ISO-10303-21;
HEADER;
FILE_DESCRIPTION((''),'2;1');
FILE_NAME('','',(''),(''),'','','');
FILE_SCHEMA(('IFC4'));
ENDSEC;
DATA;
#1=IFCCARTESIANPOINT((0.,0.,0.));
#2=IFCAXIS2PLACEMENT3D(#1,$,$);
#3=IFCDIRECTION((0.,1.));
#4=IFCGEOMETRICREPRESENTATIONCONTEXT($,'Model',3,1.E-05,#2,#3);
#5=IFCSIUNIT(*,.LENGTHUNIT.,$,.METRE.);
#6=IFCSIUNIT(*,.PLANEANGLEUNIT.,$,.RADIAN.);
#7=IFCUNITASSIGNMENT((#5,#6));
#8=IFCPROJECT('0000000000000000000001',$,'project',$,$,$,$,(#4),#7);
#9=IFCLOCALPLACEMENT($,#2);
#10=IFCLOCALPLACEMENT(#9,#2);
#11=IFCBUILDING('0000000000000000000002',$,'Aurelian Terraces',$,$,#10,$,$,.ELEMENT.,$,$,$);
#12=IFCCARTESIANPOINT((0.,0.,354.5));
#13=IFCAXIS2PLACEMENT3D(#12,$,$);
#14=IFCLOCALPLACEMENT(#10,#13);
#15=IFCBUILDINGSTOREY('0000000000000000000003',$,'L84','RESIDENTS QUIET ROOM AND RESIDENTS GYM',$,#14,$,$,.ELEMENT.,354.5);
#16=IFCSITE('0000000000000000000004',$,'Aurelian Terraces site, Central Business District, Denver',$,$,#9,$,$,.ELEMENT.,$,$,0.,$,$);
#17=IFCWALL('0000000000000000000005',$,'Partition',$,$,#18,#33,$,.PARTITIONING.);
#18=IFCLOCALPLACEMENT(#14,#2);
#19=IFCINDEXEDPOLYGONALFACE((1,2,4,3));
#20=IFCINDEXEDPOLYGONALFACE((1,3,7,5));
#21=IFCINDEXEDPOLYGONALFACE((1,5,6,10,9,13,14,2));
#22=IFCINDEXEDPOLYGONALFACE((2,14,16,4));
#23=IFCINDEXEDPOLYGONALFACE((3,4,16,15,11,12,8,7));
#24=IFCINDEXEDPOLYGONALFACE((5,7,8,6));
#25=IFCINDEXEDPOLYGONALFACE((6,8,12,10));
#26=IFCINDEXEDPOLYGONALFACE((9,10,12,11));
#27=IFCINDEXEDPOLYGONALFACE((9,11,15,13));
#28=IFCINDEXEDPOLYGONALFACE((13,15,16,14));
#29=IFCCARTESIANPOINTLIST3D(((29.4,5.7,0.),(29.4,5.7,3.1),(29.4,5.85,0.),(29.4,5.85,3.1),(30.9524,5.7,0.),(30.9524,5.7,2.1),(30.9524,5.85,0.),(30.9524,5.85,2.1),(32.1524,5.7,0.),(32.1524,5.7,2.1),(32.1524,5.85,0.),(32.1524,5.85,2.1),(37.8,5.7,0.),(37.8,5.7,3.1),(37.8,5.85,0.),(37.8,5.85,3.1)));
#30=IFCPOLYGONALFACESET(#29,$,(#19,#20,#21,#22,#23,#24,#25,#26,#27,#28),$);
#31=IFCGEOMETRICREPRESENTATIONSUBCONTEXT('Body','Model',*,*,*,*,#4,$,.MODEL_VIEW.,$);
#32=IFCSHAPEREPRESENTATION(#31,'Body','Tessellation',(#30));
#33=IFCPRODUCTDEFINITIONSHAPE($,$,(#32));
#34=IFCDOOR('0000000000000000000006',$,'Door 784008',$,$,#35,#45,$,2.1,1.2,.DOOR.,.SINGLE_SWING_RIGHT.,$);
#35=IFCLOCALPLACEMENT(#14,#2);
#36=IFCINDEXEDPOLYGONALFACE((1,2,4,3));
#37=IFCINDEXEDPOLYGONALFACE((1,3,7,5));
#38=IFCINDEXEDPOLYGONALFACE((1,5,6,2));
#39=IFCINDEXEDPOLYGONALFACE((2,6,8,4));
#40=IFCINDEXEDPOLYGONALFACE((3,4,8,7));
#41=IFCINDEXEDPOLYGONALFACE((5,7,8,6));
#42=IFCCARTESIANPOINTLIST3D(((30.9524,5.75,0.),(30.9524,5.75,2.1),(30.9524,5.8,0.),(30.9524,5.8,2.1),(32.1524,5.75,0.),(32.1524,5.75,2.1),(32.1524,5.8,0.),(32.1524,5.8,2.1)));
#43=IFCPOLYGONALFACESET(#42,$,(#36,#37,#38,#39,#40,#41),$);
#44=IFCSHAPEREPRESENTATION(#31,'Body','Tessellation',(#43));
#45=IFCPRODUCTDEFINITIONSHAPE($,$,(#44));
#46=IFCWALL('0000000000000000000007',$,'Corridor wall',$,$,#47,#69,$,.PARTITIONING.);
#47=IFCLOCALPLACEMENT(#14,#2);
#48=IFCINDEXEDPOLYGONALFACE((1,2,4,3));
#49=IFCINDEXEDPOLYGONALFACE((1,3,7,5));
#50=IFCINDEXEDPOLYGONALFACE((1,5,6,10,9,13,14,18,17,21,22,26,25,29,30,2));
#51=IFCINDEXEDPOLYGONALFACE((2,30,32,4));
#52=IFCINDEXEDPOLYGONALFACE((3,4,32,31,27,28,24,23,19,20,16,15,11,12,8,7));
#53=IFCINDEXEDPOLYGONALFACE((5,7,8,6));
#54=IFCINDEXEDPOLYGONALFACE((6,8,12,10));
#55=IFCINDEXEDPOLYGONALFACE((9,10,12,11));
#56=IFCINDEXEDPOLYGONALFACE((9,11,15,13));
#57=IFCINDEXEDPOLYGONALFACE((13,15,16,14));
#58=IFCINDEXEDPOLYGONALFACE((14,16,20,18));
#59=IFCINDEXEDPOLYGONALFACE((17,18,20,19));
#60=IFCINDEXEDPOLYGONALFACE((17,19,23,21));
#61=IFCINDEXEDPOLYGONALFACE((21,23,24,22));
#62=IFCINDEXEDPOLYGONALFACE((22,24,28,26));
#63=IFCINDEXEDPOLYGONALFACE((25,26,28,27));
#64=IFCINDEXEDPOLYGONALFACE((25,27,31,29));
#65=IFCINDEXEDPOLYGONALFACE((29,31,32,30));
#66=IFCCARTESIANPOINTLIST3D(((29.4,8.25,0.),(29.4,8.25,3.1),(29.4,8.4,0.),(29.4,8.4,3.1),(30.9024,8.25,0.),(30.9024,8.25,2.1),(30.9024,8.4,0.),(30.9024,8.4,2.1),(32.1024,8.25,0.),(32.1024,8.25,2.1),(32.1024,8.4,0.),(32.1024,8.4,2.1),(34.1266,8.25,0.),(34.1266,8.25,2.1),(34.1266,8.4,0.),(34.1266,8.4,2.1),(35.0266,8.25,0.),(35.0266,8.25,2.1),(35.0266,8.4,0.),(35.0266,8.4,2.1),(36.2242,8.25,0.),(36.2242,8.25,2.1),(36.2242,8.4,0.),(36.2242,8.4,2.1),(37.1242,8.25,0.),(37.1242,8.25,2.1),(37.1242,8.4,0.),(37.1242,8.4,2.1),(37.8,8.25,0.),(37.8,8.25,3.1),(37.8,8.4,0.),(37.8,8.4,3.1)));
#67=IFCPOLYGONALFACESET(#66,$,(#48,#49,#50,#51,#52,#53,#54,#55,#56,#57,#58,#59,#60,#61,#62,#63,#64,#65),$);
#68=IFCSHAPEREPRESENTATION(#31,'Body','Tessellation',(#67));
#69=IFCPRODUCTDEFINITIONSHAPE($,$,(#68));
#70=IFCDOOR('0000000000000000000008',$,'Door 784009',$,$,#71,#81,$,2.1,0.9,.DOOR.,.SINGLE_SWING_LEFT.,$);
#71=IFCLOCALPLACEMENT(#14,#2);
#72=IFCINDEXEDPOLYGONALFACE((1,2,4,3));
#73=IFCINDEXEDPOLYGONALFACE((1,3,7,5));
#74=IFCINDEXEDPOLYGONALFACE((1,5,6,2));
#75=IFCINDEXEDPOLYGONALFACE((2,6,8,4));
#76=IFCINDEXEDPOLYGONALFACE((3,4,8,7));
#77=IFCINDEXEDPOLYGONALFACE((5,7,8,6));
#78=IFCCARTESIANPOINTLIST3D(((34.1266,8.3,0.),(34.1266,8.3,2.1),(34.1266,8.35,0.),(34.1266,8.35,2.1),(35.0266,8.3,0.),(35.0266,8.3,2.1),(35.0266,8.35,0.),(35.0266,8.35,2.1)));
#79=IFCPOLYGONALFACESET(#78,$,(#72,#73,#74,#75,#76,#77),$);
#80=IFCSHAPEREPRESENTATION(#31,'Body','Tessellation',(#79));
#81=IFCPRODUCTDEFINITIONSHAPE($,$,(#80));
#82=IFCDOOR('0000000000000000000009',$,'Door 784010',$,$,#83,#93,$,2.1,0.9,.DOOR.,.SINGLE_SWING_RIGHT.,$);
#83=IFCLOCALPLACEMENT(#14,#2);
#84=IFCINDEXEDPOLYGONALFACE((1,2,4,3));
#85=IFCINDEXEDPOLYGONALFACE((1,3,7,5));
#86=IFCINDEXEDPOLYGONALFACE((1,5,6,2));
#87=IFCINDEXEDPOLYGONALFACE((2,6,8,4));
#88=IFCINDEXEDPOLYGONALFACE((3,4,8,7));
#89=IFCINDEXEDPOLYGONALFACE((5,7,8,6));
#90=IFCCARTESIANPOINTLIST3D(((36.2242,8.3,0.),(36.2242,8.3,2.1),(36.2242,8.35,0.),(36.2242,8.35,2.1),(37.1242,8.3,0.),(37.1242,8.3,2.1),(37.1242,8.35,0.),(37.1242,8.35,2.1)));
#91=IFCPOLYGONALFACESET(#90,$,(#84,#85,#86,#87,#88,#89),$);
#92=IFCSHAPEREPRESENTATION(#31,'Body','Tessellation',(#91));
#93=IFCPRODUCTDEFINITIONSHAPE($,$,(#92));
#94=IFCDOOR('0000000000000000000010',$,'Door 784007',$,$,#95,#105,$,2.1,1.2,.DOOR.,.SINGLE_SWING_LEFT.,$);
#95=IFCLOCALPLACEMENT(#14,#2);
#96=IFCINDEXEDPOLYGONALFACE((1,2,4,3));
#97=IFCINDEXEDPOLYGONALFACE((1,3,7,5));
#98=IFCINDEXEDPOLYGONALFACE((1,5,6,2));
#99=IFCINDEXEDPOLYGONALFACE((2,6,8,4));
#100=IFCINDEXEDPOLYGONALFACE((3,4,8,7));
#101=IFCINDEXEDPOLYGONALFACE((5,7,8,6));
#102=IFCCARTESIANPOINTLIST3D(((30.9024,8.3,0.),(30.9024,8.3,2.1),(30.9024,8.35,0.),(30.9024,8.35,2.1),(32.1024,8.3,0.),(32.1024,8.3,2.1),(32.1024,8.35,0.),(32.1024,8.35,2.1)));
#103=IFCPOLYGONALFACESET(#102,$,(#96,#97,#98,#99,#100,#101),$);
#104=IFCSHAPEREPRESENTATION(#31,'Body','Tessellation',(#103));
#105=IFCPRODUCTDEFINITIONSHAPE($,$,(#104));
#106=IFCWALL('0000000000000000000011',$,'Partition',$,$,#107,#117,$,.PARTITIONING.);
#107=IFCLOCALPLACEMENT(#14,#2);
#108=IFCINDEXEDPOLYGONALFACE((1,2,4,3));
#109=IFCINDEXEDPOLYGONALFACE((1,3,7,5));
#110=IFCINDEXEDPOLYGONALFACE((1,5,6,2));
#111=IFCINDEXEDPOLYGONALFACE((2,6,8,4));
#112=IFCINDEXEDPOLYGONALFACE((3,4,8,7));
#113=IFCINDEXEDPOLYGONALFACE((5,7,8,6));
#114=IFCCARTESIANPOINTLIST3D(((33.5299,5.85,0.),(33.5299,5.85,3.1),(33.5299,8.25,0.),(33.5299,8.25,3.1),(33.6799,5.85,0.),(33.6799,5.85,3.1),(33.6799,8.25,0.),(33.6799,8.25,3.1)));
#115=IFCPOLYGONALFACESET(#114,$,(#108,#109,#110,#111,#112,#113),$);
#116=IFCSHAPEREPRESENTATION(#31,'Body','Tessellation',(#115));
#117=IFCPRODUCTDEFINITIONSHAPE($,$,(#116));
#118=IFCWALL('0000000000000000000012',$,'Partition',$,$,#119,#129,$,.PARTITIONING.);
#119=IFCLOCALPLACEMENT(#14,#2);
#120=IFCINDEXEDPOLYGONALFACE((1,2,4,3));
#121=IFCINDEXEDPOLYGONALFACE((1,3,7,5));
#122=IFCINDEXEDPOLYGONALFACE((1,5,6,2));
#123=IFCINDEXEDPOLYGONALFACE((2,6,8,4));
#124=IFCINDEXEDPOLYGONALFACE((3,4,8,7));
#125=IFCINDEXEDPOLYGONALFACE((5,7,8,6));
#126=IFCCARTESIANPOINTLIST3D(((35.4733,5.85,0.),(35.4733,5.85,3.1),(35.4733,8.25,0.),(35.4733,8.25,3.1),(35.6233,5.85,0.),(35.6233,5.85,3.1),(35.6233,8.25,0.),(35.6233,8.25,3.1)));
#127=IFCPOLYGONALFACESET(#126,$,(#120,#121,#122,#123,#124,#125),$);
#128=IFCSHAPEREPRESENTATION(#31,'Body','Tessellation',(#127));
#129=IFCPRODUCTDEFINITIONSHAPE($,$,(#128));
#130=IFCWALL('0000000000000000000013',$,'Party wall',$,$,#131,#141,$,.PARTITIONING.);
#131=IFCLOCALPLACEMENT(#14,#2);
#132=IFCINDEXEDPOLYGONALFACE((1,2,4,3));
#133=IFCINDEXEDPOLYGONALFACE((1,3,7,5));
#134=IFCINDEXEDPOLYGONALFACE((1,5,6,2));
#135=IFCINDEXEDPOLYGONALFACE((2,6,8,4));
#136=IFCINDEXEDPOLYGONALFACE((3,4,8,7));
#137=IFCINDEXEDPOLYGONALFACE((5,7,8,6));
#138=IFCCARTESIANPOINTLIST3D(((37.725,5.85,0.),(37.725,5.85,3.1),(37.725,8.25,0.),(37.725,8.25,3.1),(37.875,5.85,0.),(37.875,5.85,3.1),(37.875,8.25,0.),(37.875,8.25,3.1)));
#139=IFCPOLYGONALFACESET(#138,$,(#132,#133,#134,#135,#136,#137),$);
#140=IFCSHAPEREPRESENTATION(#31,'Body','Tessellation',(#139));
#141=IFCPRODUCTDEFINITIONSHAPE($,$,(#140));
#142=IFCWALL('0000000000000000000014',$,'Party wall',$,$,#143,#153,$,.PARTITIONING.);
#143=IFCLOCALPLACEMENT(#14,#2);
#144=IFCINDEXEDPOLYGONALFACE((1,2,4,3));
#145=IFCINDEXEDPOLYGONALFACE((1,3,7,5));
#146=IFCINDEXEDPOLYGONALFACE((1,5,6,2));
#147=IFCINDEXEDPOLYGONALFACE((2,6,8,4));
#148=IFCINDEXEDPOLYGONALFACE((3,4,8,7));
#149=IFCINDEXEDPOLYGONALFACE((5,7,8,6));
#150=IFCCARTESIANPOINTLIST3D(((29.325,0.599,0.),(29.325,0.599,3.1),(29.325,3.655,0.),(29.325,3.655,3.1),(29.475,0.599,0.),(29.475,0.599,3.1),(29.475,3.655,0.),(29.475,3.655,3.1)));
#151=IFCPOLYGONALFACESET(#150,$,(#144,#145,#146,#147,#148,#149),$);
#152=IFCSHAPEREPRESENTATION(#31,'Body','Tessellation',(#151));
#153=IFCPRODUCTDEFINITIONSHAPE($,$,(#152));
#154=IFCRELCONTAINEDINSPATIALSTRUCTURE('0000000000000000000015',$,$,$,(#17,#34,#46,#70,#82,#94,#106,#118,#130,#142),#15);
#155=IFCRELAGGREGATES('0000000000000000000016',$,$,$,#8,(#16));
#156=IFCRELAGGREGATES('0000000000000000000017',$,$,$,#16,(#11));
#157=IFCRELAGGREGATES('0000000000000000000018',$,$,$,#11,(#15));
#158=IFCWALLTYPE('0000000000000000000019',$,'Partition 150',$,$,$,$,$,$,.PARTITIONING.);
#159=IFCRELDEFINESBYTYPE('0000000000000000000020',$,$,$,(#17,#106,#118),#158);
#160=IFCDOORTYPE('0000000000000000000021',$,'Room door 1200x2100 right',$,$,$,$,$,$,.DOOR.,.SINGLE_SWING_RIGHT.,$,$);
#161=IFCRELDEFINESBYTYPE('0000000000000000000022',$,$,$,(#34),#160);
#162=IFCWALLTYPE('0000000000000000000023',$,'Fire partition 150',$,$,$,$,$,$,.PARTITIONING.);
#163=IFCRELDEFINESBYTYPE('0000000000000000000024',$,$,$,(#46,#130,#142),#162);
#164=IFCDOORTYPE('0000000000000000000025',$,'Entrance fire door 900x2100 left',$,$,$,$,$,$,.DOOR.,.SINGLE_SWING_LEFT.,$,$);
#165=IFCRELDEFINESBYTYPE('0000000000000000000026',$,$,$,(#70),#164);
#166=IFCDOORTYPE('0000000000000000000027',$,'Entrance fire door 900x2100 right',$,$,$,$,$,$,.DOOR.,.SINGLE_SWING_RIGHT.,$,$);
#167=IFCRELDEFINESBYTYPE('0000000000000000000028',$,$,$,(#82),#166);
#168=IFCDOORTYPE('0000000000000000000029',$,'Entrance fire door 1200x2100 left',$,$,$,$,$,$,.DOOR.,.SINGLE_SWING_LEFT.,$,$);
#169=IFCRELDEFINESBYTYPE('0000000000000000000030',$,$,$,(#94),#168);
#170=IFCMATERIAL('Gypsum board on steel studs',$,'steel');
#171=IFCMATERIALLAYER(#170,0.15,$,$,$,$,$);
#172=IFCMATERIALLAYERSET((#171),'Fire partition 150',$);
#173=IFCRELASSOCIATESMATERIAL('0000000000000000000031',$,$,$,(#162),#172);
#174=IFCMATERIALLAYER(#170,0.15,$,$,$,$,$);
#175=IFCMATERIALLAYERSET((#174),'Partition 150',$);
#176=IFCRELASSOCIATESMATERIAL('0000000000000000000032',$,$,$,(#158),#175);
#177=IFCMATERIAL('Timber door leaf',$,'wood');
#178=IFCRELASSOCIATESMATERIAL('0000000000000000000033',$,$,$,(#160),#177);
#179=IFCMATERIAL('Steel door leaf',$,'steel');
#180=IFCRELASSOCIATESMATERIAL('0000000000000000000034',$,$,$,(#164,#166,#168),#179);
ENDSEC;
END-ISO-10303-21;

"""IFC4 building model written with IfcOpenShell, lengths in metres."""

from ifc_helpers import new_model, si_unit, direction, frame, frame_2d, origin, place, context, subcontext, project, spatial, rectangle, extrude, source, transform, mapped, material, layer, layer_set, type_object, element, fill, save


model = new_model("IFC4")

# Units and contexts
model_context = context("Model", 3, precision=1e-05, world=origin(), true_north=direction((0.0, 1.0)))
body_context = subcontext(model_context, "Body", "Model", "MODEL_VIEW")
ifc_project = project(units=[si_unit("LENGTHUNIT", "METRE"), si_unit("PLANEANGLEUNIT", "RADIAN")], contexts=[model_context])

# Site, building, storey
site_placement = place(None, origin())
site = spatial("IfcSite", under=ifc_project, at=site_placement, Name="Aurelian Terraces site, Central Business District, Denver", CompositionType="ELEMENT", RefElevation=0.0)
building_placement = place(site_placement, origin())
building = spatial("IfcBuilding", under=site, at=building_placement, Name="Aurelian Terraces", CompositionType="ELEMENT")
storey_placement = place(building_placement, frame((0.0, 0.0, 354.5)))
storey = spatial("IfcBuildingStorey", under=building, at=storey_placement, Name="L84", Description="RESIDENTS QUIET ROOM AND RESIDENTS GYM", CompositionType="ELEMENT", Elevation=354.5)

# Shared definitions
ifc_material_1 = material(Name="Gypsum board on steel studs", Category="steel")
ifc_layer_1 = layer(ifc_material_1, 0.15)
ifc_layer_set_1 = layer_set([ifc_layer_1], Name="Fire partition 150")
wall_type_1 = type_object("IfcWallType", Name="Fire partition 150", PredefinedType="PARTITIONING", material=ifc_layer_set_1)

# Shared definitions
ifc_layer_2 = layer(ifc_material_1, 0.15)
ifc_layer_set_2 = layer_set([ifc_layer_2], Name="Partition 150")
wall_type_2 = type_object("IfcWallType", Name="Partition 150", PredefinedType="PARTITIONING", material=ifc_layer_set_2)

# Wall, opening, door
shared_shape_1 = source(origin(), body_context, "Body", "SweptSolid", [
    extrude(rectangle(XDim=8.4, YDim=0.15, at=frame_2d((4.2, 0.0))), origin(), (0.0, 0.0, 1.0), 3.1),
])
wall_1_placement = place(storey_placement, frame((37.8, 5.775, 0.0), z_axis=(0.0, 0.0, 1.0), x_axis=(-1.0, 0.0, 0.0)))
wall_1 = element("IfcWall", 1, at=wall_1_placement, inside=storey, type_object=wall_type_2, Name="Partition", PredefinedType="PARTITIONING", context=body_context, shape_type="MappedRepresentation", body=[
    mapped(shared_shape_1, transform((0.0, 0.0, 0.0), scale=1.0)),
])
shared_shape_2 = source(origin(), body_context, "Body", "SweptSolid", [
    extrude(rectangle(XDim=1.2, YDim=2.1, at=frame_2d((0.6, 1.05))), frame((0.0, 0.085, 0.0), z_axis=(0.0, -1.0, 0.0), x_axis=(1.0, 0.0, 0.0)), (0.0, 0.0, 1.0), 0.17),
])
opening_1_placement = place(wall_1_placement, frame((5.6476, 0.0, 0.0)))
opening_1 = element("IfcOpeningElement", 2, at=opening_1_placement, cuts=wall_1, PredefinedType="OPENING", context=body_context, shape_type="MappedRepresentation", body=[
    mapped(shared_shape_2, transform((0.0, 0.0, 0.0), scale=1.0)),
])
ifc_material_2 = material(Name="Timber door leaf", Category="wood")
door_type_1 = type_object("IfcDoorType", Name="Room door 1200x2100 right", OperationType="SINGLE_SWING_RIGHT", PredefinedType="DOOR", material=ifc_material_2)
shared_shape_3 = source(origin(), body_context, "Body", "SweptSolid", [
    extrude(rectangle(XDim=1.2, YDim=2.1, at=frame_2d((0.6, 1.05))), frame((0.0, 0.025, 0.0), z_axis=(0.0, -1.0, 0.0), x_axis=(1.0, 0.0, 0.0)), (0.0, 0.0, 1.0), 0.05),
])
door_1_placement = place(opening_1_placement, origin())
door_1 = element("IfcDoor", 3, at=door_1_placement, inside=storey, type_object=door_type_1, Name="Door 784008", OperationType="SINGLE_SWING_RIGHT", OverallHeight=2.1, OverallWidth=1.2, PredefinedType="DOOR", context=body_context, shape_type="MappedRepresentation", body=[
    mapped(shared_shape_3, transform((0.0, 0.0, 0.0), scale=1.0)),
])
fill(opening_1, door_1)

# Wall, openings, doors
wall_2_placement = place(storey_placement, frame((37.8, 8.325, 0.0), z_axis=(0.0, 0.0, 1.0), x_axis=(-1.0, 0.0, 0.0)))
wall_2 = element("IfcWall", 4, at=wall_2_placement, inside=storey, type_object=wall_type_1, Name="Corridor wall", PredefinedType="PARTITIONING", context=body_context, shape_type="MappedRepresentation", body=[
    mapped(shared_shape_1, transform((0.0, 0.0, 0.0), scale=1.0)),
])
opening_2_placement = place(wall_2_placement, frame((5.6976, 0.0, 0.0)))
opening_2 = element("IfcOpeningElement", 5, at=opening_2_placement, cuts=wall_2, PredefinedType="OPENING", context=body_context, shape_type="MappedRepresentation", body=[
    mapped(shared_shape_2, transform((0.0, 0.0, 0.0), scale=1.0)),
])
shared_shape_4 = source(origin(), body_context, "Body", "SweptSolid", [
    extrude(rectangle(XDim=0.9, YDim=2.1, at=frame_2d((0.45, 1.05))), frame((0.0, 0.085, 0.0), z_axis=(0.0, -1.0, 0.0), x_axis=(1.0, 0.0, 0.0)), (0.0, 0.0, 1.0), 0.17),
])
opening_3_placement = place(wall_2_placement, frame((2.7734, 0.0, 0.0)))
opening_3 = element("IfcOpeningElement", 6, at=opening_3_placement, cuts=wall_2, PredefinedType="OPENING", context=body_context, shape_type="MappedRepresentation", body=[
    mapped(shared_shape_4, transform((0.0, 0.0, 0.0), scale=1.0)),
])
opening_4_placement = place(wall_2_placement, frame((0.6758, 0.0, 0.0)))
opening_4 = element("IfcOpeningElement", 7, at=opening_4_placement, cuts=wall_2, PredefinedType="OPENING", context=body_context, shape_type="MappedRepresentation", body=[
    mapped(shared_shape_4, transform((0.0, 0.0, 0.0), scale=1.0)),
])
ifc_material_3 = material(Name="Steel door leaf", Category="steel")
door_type_2 = type_object("IfcDoorType", Name="Entrance fire door 900x2100 left", OperationType="SINGLE_SWING_LEFT", PredefinedType="DOOR", material=ifc_material_3)
shared_shape_5 = source(origin(), body_context, "Body", "SweptSolid", [
    extrude(rectangle(XDim=0.9, YDim=2.1, at=frame_2d((0.45, 1.05))), frame((0.0, 0.025, 0.0), z_axis=(0.0, -1.0, 0.0), x_axis=(1.0, 0.0, 0.0)), (0.0, 0.0, 1.0), 0.05),
])
door_2_placement = place(opening_3_placement, origin())
door_2 = element("IfcDoor", 8, at=door_2_placement, inside=storey, type_object=door_type_2, Name="Door 784009", OperationType="SINGLE_SWING_LEFT", OverallHeight=2.1, OverallWidth=0.9, PredefinedType="DOOR", context=body_context, shape_type="MappedRepresentation", body=[
    mapped(shared_shape_5, transform((0.0, 0.0, 0.0), scale=1.0)),
])
fill(opening_3, door_2)
door_type_3 = type_object("IfcDoorType", Name="Entrance fire door 900x2100 right", OperationType="SINGLE_SWING_RIGHT", PredefinedType="DOOR", material=ifc_material_3)
door_3_placement = place(opening_4_placement, origin())
door_3 = element("IfcDoor", 9, at=door_3_placement, inside=storey, type_object=door_type_3, Name="Door 784010", OperationType="SINGLE_SWING_RIGHT", OverallHeight=2.1, OverallWidth=0.9, PredefinedType="DOOR", context=body_context, shape_type="MappedRepresentation", body=[
    mapped(shared_shape_5, transform((0.0, 0.0, 0.0), scale=1.0)),
])
fill(opening_4, door_3)
door_type_4 = type_object("IfcDoorType", Name="Entrance fire door 1200x2100 left", OperationType="SINGLE_SWING_LEFT", PredefinedType="DOOR", material=ifc_material_3)
door_4_placement = place(opening_2_placement, origin())
door_4 = element("IfcDoor", 10, at=door_4_placement, inside=storey, type_object=door_type_4, Name="Door 784007", OperationType="SINGLE_SWING_LEFT", OverallHeight=2.1, OverallWidth=1.2, PredefinedType="DOOR", context=body_context, shape_type="MappedRepresentation", body=[
    mapped(shared_shape_3, transform((0.0, 0.0, 0.0), scale=1.0)),
])
fill(opening_2, door_4)

# Walls
shared_shape_6 = source(origin(), body_context, "Body", "SweptSolid", [
    extrude(rectangle(XDim=2.4, YDim=0.15, at=frame_2d((1.2, 0.0))), origin(), (0.0, 0.0, 1.0), 3.1),
])
for number, where, z_axis, x_axis, name in (
    (11, (33.6049, 5.85, 0.0), (0.0, 0.0, 1.0), (0.0, 1.0, 0.0), "Partition"),
    (12, (35.5483, 5.85, 0.0), (0.0, 0.0, 1.0), (0.0, 1.0, 0.0), "Partition"),
):
    element("IfcWall", number, at=place(storey_placement, frame(where, z_axis=z_axis, x_axis=x_axis)), inside=storey, type_object=wall_type_2, Name=name, PredefinedType="PARTITIONING", context=body_context, shape_type="MappedRepresentation", body=[
        mapped(shared_shape_6, transform((0.0, 0.0, 0.0), scale=1.0)),
    ])
wall_3_placement = place(storey_placement, frame((37.8, 5.85, 0.0), z_axis=(0.0, 0.0, 1.0), x_axis=(0.0, 1.0, 0.0)))
element("IfcWall", 13, at=wall_3_placement, inside=storey, type_object=wall_type_1, Name="Party wall", PredefinedType="PARTITIONING", context=body_context, shape_type="MappedRepresentation", body=[
    mapped(shared_shape_6, transform((0.0, 0.0, 0.0), scale=1.0)),
])
shared_shape_7 = source(origin(), body_context, "Body", "SweptSolid", [
    extrude(rectangle(XDim=3.056, YDim=0.15, at=frame_2d((1.528, 0.0))), origin(), (0.0, 0.0, 1.0), 3.1),
])
wall_4_placement = place(storey_placement, frame((29.4, 0.599, 0.0), z_axis=(0.0, 0.0, 1.0), x_axis=(0.0, 1.0, 0.0)))
element("IfcWall", 14, at=wall_4_placement, inside=storey, type_object=wall_type_1, Name="Party wall", PredefinedType="PARTITIONING", context=body_context, shape_type="MappedRepresentation", body=[
    mapped(shared_shape_7, transform((0.0, 0.0, 0.0), scale=1.0)),
])

save(model, "model.ifc")
